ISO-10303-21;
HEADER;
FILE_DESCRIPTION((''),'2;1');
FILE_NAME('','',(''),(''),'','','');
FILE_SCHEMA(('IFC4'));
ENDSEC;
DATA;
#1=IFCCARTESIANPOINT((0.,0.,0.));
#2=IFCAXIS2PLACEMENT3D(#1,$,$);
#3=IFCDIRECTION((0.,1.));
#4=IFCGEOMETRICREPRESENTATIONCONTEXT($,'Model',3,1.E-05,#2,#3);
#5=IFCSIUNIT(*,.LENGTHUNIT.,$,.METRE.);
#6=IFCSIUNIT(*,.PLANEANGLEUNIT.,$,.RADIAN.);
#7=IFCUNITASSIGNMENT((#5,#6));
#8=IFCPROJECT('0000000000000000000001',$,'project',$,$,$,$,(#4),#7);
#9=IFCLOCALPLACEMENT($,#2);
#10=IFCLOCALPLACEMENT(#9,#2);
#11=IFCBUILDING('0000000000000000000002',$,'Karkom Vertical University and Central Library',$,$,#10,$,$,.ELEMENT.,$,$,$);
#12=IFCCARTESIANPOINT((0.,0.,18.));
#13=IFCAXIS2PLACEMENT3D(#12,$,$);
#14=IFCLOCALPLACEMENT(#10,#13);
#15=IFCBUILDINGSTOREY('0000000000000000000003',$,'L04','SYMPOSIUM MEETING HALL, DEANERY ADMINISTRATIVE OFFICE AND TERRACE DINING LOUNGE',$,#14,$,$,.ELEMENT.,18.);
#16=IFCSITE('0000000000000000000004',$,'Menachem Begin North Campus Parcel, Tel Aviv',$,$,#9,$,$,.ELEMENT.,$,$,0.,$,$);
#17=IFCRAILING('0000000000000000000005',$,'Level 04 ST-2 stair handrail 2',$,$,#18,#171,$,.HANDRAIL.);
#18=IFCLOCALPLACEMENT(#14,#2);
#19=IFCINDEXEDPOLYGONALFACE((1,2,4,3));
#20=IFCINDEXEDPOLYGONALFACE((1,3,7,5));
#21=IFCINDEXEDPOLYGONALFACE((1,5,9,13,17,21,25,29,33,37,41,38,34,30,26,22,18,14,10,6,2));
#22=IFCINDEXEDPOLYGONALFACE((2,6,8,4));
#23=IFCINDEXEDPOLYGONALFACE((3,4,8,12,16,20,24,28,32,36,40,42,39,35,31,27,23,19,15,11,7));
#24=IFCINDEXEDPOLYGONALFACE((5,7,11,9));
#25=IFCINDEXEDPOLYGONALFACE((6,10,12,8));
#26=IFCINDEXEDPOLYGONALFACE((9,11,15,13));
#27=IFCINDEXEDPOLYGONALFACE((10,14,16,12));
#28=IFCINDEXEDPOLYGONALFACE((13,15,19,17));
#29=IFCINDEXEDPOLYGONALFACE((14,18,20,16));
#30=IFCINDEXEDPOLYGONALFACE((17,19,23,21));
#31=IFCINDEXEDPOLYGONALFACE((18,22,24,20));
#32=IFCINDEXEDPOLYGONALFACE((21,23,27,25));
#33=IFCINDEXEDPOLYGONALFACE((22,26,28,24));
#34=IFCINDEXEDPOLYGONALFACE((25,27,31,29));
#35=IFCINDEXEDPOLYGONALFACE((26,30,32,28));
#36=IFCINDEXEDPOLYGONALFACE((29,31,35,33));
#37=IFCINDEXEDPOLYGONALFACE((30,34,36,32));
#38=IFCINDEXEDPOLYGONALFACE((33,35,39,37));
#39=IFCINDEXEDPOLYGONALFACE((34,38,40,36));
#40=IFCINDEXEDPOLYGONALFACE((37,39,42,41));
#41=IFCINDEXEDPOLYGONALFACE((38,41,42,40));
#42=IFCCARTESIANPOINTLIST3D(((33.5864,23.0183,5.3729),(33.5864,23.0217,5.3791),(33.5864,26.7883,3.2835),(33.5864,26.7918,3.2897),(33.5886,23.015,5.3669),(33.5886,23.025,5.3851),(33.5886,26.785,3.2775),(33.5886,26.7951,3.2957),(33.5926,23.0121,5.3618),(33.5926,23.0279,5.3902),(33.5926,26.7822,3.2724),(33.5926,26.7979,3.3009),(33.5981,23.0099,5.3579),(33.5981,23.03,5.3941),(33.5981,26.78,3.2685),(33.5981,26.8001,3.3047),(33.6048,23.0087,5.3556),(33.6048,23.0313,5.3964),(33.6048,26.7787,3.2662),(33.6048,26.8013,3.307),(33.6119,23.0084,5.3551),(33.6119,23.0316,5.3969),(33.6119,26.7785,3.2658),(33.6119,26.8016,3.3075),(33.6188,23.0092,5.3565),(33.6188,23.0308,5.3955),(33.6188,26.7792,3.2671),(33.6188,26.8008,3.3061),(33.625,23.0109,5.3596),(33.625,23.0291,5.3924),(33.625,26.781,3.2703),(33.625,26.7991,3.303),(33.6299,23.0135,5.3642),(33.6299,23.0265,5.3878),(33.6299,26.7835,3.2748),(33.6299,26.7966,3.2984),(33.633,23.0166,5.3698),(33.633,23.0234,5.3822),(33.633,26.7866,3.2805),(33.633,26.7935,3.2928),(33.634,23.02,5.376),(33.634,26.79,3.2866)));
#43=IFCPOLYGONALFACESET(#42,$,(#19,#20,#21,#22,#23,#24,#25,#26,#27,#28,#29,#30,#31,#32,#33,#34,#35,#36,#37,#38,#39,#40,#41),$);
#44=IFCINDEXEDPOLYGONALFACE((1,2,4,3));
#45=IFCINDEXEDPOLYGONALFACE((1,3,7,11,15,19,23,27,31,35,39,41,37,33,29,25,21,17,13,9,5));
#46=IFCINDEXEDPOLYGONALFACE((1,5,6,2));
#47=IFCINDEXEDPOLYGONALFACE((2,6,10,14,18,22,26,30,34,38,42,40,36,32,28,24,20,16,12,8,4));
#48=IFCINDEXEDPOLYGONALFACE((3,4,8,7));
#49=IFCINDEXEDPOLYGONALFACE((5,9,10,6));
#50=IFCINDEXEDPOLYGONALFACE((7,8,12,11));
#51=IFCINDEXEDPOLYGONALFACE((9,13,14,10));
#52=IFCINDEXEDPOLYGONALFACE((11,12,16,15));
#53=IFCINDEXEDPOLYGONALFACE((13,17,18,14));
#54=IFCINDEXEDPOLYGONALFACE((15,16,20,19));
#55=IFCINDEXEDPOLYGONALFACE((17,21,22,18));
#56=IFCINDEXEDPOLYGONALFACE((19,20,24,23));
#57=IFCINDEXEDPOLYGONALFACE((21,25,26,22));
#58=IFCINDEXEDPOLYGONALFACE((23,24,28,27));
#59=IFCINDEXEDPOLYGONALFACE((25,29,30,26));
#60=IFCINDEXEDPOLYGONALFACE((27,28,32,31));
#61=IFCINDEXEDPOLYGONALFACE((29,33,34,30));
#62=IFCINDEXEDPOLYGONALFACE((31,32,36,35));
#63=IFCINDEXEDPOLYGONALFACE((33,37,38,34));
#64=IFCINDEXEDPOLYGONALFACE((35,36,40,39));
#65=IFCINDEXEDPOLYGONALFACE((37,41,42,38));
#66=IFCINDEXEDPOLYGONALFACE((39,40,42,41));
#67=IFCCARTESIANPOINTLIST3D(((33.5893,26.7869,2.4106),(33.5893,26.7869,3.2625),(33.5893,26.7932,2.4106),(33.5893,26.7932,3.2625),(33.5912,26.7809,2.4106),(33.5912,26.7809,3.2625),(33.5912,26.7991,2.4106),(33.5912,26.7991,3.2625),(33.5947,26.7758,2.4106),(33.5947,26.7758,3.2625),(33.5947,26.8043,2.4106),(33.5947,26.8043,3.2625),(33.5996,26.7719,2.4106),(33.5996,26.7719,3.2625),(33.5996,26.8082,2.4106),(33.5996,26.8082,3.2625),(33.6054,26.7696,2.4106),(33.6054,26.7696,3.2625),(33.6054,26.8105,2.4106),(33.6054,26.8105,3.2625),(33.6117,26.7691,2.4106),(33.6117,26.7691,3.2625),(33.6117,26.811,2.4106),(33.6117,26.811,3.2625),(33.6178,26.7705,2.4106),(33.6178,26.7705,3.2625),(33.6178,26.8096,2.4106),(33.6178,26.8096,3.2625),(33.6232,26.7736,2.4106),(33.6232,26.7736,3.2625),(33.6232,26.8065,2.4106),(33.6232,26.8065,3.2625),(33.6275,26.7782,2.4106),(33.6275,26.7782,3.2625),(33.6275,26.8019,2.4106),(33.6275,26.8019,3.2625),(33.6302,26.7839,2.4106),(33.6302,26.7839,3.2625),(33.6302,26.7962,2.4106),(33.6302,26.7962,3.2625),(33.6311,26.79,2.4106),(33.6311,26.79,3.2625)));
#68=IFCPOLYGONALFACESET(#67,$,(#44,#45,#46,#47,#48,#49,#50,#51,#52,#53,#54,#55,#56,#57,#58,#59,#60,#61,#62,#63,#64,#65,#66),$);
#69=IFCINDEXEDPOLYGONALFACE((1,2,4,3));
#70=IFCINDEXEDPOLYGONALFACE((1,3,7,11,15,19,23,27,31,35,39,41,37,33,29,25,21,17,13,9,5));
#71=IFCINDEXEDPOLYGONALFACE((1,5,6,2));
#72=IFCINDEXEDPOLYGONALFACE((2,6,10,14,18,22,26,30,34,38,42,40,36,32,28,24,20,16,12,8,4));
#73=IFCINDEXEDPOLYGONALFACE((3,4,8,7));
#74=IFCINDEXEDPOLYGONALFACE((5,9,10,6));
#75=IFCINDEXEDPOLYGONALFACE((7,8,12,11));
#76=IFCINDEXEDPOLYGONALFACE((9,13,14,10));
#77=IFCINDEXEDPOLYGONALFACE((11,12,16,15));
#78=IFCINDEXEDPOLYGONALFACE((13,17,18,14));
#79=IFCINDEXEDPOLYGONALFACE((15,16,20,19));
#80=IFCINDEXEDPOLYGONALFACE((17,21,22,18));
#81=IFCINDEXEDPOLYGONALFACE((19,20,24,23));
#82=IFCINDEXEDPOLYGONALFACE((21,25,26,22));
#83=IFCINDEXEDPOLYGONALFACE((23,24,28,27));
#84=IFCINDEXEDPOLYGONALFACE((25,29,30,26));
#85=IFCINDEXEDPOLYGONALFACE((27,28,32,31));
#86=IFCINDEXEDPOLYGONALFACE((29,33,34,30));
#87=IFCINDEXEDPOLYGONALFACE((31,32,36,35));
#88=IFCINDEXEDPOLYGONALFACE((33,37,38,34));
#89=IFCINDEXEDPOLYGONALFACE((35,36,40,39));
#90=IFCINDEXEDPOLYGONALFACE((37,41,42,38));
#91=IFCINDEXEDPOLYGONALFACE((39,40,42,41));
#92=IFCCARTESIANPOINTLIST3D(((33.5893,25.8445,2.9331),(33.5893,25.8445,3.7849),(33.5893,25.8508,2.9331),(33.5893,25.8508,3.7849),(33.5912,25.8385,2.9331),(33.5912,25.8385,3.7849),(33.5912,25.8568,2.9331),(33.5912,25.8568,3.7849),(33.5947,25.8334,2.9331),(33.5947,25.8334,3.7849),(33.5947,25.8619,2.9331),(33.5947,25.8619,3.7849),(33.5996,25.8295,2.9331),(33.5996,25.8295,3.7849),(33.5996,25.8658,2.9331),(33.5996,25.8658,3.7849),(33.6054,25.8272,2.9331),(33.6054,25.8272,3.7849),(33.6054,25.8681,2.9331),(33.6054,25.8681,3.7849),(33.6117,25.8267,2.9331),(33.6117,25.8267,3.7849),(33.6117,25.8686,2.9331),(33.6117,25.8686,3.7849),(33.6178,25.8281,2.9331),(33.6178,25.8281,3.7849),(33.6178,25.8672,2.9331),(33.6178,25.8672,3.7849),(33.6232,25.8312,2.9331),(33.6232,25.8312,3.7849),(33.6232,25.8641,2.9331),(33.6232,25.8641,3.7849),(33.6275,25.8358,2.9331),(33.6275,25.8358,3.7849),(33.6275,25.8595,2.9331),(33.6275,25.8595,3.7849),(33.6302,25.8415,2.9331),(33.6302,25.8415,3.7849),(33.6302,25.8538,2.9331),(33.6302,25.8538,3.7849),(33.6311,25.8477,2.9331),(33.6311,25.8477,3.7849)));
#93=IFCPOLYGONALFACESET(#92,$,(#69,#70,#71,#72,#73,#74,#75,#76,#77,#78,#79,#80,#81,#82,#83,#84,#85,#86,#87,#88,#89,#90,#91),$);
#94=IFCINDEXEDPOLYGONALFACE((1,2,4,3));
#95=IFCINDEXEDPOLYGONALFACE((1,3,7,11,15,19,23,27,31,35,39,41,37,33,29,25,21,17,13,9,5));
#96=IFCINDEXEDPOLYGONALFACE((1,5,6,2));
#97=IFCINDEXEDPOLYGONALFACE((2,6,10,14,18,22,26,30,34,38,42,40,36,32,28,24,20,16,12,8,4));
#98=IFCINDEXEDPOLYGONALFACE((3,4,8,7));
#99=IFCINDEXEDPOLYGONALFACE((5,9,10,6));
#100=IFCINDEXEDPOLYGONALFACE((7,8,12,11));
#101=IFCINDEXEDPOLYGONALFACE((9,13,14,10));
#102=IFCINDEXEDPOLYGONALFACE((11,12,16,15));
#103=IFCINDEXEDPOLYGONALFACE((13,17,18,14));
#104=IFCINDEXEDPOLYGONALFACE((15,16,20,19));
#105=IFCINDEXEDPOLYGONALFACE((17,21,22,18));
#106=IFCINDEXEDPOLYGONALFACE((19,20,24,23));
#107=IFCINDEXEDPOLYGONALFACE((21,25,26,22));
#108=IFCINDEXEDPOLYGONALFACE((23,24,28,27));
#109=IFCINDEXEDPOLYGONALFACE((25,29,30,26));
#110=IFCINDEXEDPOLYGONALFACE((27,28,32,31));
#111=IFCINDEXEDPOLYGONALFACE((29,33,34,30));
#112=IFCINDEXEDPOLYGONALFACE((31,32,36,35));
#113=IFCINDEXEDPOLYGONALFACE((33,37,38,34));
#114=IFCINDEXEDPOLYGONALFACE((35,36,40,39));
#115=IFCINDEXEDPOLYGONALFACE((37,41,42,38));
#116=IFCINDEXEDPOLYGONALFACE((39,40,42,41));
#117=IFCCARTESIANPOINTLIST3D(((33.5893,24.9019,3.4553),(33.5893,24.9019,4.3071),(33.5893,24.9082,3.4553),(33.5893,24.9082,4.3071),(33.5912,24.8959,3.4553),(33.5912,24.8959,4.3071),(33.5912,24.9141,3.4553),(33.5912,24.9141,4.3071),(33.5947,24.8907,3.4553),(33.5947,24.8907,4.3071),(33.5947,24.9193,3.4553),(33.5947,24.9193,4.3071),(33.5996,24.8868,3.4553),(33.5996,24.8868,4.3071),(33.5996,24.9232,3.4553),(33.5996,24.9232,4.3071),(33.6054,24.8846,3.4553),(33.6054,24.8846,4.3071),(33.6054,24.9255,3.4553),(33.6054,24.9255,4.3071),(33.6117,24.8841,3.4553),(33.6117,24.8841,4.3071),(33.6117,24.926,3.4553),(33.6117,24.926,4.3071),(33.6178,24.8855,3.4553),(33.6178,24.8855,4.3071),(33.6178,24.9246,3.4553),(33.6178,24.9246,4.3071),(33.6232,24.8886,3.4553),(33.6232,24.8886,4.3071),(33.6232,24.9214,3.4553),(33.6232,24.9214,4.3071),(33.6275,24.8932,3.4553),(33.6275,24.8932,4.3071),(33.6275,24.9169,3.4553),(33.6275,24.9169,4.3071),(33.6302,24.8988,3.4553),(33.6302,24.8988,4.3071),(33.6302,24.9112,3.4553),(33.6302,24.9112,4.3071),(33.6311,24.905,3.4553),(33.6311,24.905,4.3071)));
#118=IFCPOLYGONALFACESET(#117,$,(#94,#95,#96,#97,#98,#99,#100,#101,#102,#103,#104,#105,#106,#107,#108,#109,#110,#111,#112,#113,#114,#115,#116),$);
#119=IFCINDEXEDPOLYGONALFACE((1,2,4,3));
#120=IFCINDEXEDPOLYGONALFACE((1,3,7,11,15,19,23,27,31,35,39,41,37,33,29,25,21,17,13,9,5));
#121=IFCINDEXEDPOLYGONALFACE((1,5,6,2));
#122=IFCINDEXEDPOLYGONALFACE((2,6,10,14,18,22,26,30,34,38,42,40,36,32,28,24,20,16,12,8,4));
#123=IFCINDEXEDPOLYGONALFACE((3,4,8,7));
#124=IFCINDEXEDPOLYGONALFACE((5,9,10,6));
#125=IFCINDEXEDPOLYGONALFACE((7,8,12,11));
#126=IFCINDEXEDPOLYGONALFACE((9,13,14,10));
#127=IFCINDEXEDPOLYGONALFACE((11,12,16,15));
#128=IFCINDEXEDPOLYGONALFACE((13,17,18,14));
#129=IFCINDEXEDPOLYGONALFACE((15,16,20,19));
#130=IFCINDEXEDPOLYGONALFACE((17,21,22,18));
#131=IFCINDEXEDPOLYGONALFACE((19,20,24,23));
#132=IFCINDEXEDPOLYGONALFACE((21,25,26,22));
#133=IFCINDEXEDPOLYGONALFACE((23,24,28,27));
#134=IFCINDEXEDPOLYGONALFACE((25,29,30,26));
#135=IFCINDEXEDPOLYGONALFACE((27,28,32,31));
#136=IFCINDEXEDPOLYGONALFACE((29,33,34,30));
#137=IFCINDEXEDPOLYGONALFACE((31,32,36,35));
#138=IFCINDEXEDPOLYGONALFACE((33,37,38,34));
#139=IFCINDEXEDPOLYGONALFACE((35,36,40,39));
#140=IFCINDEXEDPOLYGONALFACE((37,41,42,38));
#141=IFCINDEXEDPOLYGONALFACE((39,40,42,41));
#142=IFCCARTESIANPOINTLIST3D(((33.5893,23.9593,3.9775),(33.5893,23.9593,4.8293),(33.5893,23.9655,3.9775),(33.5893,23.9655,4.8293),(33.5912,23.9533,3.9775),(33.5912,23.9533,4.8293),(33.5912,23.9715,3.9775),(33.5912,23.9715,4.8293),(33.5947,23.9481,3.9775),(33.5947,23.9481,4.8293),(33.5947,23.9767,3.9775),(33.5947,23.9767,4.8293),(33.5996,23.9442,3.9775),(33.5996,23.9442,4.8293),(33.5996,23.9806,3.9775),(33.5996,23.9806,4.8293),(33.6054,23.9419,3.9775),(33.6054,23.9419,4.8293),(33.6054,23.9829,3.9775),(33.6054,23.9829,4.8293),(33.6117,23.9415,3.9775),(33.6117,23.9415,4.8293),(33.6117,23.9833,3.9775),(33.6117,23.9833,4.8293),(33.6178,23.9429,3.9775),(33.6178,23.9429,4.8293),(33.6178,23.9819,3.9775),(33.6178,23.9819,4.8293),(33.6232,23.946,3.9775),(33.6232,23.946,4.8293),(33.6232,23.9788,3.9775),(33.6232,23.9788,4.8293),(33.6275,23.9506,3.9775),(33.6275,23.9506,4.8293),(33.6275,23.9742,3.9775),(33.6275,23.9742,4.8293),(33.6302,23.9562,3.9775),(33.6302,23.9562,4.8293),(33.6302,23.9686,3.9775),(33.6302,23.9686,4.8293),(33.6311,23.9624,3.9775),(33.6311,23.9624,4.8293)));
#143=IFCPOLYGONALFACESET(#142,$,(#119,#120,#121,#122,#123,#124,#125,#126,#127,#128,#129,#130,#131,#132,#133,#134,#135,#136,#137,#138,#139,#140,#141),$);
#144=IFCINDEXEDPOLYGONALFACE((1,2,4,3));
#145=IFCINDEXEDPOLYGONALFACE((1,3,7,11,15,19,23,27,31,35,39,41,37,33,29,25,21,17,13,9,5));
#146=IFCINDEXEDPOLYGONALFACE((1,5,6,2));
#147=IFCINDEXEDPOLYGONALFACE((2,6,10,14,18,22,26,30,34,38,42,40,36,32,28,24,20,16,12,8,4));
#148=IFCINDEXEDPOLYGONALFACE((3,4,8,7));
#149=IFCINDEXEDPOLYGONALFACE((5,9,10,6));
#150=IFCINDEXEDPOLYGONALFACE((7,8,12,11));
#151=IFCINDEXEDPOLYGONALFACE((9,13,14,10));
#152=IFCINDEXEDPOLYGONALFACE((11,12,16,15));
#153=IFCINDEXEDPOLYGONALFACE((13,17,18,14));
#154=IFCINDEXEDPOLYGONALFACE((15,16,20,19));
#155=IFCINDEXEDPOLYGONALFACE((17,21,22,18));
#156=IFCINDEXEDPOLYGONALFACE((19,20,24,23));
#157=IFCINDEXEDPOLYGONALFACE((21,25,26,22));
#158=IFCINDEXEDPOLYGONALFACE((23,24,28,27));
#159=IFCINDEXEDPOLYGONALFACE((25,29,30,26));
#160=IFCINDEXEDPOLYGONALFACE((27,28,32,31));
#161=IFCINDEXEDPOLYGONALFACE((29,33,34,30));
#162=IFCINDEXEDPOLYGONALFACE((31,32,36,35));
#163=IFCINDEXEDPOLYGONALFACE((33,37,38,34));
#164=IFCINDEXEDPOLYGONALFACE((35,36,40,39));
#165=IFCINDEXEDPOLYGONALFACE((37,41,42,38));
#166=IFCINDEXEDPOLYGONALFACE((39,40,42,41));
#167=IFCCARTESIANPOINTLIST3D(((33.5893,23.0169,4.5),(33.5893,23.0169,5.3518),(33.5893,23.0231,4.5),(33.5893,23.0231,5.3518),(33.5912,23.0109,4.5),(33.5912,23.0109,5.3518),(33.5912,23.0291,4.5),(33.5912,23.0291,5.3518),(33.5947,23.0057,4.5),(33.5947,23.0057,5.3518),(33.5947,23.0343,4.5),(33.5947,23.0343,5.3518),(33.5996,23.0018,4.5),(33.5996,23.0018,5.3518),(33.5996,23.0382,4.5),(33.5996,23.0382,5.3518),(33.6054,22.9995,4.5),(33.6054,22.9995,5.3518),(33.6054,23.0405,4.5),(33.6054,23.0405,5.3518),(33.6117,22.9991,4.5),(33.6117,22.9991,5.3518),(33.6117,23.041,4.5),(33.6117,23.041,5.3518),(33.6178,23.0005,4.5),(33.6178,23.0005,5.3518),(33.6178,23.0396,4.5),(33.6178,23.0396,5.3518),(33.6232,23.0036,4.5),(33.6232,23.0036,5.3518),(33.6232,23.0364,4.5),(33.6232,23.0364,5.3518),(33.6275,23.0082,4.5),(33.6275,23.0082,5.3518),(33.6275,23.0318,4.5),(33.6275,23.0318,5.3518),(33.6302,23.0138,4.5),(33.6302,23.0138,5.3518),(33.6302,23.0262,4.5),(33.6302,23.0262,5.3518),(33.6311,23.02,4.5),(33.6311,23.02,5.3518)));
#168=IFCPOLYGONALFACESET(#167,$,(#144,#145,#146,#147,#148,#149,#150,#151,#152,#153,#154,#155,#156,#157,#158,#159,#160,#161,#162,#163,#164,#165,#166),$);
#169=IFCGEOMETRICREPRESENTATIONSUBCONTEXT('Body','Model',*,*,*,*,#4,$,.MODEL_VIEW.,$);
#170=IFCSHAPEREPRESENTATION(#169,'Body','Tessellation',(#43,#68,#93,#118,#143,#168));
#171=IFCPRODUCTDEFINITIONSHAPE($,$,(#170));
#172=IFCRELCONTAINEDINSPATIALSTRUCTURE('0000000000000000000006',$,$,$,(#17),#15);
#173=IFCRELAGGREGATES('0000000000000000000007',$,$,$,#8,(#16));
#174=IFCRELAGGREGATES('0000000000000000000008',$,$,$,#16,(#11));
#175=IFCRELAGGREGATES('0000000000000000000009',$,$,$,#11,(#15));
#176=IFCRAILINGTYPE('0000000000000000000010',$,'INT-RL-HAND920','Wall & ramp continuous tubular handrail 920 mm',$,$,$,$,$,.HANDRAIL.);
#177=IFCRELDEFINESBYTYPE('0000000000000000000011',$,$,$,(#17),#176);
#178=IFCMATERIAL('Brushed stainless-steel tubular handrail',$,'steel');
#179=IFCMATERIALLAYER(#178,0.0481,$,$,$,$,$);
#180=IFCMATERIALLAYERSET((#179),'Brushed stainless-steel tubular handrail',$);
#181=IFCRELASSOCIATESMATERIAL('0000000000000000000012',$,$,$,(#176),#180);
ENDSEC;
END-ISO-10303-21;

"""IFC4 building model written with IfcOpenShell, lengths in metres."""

from ifc_helpers import new_model, si_unit, direction, frame, origin, origin_2d, place, context, subcontext, project, spatial, circle, extrude, material, layer, layer_set, type_object, element, save


model = new_model("IFC4")

# Units and contexts
model_context = context("Model", 3, precision=1e-05, world=origin(), true_north=direction((0.0, 1.0)))
body_context = subcontext(model_context, "Body", "Model", "MODEL_VIEW")
ifc_project = project(units=[si_unit("LENGTHUNIT", "METRE"), si_unit("PLANEANGLEUNIT", "RADIAN")], contexts=[model_context])

# Site, building, storey
site_placement = place(None, origin())
site = spatial("IfcSite", under=ifc_project, at=site_placement, Name="Menachem Begin North Campus Parcel, Tel Aviv", CompositionType="ELEMENT", RefElevation=0.0)
building_placement = place(site_placement, origin())
building = spatial("IfcBuilding", under=site, at=building_placement, Name="Karkom Vertical University and Central Library", CompositionType="ELEMENT")
storey_placement = place(building_placement, frame((0.0, 0.0, 18.0)))
storey = spatial("IfcBuildingStorey", under=building, at=storey_placement, Name="L04", Description="SYMPOSIUM MEETING HALL, DEANERY ADMINISTRATIVE OFFICE AND TERRACE DINING LOUNGE", CompositionType="ELEMENT", Elevation=18.0)

# Railing
ifc_material_1 = material(Name="Brushed stainless-steel tubular handrail", Category="steel")
ifc_layer_1 = layer(ifc_material_1, 0.0481)
ifc_layer_set_1 = layer_set([ifc_layer_1], Name="Brushed stainless-steel tubular handrail")
railing_type_1 = type_object("IfcRailingType", Name="INT-RL-HAND920", Description="Wall & ramp continuous tubular handrail 920 mm", PredefinedType="HANDRAIL", material=ifc_layer_set_1)
railing_1_placement = place(storey_placement, frame((33.6101, 26.79, 2.4106)))
element("IfcRailing", 1, at=railing_1_placement, inside=storey, type_object=railing_type_1, Name="Level 04 ST-2 stair handrail 2", PredefinedType="HANDRAIL", context=body_context, shape_type="SweptSolid", body=[
    extrude(circle(Radius=0.0239, at=origin_2d()), frame((0.0, 0.0, 0.876), z_axis=(0.0, -0.874659, 0.484739), x_axis=(1.0, 0.0, 0.0)), (0.0, 0.0, 1.0), 4.3103),
    extrude(circle(Radius=0.021, at=origin_2d()), origin(), (0.0, 0.0, 1.0), 0.8518),
    extrude(circle(Radius=0.021, at=origin_2d()), frame((0.0, -0.9424, 0.5225)), (0.0, 0.0, 1.0), 0.8518),
    extrude(circle(Radius=0.021, at=origin_2d()), frame((0.0, -1.885, 1.0447)), (0.0, 0.0, 1.0), 0.8518),
    extrude(circle(Radius=0.021, at=origin_2d()), frame((0.0, -2.8276, 1.5669)), (0.0, 0.0, 1.0), 0.8518),
    extrude(circle(Radius=0.021, at=origin_2d()), frame((0.0, -3.77, 2.0894)), (0.0, 0.0, 1.0), 0.8518),
])

save(model, "model.ifc")
